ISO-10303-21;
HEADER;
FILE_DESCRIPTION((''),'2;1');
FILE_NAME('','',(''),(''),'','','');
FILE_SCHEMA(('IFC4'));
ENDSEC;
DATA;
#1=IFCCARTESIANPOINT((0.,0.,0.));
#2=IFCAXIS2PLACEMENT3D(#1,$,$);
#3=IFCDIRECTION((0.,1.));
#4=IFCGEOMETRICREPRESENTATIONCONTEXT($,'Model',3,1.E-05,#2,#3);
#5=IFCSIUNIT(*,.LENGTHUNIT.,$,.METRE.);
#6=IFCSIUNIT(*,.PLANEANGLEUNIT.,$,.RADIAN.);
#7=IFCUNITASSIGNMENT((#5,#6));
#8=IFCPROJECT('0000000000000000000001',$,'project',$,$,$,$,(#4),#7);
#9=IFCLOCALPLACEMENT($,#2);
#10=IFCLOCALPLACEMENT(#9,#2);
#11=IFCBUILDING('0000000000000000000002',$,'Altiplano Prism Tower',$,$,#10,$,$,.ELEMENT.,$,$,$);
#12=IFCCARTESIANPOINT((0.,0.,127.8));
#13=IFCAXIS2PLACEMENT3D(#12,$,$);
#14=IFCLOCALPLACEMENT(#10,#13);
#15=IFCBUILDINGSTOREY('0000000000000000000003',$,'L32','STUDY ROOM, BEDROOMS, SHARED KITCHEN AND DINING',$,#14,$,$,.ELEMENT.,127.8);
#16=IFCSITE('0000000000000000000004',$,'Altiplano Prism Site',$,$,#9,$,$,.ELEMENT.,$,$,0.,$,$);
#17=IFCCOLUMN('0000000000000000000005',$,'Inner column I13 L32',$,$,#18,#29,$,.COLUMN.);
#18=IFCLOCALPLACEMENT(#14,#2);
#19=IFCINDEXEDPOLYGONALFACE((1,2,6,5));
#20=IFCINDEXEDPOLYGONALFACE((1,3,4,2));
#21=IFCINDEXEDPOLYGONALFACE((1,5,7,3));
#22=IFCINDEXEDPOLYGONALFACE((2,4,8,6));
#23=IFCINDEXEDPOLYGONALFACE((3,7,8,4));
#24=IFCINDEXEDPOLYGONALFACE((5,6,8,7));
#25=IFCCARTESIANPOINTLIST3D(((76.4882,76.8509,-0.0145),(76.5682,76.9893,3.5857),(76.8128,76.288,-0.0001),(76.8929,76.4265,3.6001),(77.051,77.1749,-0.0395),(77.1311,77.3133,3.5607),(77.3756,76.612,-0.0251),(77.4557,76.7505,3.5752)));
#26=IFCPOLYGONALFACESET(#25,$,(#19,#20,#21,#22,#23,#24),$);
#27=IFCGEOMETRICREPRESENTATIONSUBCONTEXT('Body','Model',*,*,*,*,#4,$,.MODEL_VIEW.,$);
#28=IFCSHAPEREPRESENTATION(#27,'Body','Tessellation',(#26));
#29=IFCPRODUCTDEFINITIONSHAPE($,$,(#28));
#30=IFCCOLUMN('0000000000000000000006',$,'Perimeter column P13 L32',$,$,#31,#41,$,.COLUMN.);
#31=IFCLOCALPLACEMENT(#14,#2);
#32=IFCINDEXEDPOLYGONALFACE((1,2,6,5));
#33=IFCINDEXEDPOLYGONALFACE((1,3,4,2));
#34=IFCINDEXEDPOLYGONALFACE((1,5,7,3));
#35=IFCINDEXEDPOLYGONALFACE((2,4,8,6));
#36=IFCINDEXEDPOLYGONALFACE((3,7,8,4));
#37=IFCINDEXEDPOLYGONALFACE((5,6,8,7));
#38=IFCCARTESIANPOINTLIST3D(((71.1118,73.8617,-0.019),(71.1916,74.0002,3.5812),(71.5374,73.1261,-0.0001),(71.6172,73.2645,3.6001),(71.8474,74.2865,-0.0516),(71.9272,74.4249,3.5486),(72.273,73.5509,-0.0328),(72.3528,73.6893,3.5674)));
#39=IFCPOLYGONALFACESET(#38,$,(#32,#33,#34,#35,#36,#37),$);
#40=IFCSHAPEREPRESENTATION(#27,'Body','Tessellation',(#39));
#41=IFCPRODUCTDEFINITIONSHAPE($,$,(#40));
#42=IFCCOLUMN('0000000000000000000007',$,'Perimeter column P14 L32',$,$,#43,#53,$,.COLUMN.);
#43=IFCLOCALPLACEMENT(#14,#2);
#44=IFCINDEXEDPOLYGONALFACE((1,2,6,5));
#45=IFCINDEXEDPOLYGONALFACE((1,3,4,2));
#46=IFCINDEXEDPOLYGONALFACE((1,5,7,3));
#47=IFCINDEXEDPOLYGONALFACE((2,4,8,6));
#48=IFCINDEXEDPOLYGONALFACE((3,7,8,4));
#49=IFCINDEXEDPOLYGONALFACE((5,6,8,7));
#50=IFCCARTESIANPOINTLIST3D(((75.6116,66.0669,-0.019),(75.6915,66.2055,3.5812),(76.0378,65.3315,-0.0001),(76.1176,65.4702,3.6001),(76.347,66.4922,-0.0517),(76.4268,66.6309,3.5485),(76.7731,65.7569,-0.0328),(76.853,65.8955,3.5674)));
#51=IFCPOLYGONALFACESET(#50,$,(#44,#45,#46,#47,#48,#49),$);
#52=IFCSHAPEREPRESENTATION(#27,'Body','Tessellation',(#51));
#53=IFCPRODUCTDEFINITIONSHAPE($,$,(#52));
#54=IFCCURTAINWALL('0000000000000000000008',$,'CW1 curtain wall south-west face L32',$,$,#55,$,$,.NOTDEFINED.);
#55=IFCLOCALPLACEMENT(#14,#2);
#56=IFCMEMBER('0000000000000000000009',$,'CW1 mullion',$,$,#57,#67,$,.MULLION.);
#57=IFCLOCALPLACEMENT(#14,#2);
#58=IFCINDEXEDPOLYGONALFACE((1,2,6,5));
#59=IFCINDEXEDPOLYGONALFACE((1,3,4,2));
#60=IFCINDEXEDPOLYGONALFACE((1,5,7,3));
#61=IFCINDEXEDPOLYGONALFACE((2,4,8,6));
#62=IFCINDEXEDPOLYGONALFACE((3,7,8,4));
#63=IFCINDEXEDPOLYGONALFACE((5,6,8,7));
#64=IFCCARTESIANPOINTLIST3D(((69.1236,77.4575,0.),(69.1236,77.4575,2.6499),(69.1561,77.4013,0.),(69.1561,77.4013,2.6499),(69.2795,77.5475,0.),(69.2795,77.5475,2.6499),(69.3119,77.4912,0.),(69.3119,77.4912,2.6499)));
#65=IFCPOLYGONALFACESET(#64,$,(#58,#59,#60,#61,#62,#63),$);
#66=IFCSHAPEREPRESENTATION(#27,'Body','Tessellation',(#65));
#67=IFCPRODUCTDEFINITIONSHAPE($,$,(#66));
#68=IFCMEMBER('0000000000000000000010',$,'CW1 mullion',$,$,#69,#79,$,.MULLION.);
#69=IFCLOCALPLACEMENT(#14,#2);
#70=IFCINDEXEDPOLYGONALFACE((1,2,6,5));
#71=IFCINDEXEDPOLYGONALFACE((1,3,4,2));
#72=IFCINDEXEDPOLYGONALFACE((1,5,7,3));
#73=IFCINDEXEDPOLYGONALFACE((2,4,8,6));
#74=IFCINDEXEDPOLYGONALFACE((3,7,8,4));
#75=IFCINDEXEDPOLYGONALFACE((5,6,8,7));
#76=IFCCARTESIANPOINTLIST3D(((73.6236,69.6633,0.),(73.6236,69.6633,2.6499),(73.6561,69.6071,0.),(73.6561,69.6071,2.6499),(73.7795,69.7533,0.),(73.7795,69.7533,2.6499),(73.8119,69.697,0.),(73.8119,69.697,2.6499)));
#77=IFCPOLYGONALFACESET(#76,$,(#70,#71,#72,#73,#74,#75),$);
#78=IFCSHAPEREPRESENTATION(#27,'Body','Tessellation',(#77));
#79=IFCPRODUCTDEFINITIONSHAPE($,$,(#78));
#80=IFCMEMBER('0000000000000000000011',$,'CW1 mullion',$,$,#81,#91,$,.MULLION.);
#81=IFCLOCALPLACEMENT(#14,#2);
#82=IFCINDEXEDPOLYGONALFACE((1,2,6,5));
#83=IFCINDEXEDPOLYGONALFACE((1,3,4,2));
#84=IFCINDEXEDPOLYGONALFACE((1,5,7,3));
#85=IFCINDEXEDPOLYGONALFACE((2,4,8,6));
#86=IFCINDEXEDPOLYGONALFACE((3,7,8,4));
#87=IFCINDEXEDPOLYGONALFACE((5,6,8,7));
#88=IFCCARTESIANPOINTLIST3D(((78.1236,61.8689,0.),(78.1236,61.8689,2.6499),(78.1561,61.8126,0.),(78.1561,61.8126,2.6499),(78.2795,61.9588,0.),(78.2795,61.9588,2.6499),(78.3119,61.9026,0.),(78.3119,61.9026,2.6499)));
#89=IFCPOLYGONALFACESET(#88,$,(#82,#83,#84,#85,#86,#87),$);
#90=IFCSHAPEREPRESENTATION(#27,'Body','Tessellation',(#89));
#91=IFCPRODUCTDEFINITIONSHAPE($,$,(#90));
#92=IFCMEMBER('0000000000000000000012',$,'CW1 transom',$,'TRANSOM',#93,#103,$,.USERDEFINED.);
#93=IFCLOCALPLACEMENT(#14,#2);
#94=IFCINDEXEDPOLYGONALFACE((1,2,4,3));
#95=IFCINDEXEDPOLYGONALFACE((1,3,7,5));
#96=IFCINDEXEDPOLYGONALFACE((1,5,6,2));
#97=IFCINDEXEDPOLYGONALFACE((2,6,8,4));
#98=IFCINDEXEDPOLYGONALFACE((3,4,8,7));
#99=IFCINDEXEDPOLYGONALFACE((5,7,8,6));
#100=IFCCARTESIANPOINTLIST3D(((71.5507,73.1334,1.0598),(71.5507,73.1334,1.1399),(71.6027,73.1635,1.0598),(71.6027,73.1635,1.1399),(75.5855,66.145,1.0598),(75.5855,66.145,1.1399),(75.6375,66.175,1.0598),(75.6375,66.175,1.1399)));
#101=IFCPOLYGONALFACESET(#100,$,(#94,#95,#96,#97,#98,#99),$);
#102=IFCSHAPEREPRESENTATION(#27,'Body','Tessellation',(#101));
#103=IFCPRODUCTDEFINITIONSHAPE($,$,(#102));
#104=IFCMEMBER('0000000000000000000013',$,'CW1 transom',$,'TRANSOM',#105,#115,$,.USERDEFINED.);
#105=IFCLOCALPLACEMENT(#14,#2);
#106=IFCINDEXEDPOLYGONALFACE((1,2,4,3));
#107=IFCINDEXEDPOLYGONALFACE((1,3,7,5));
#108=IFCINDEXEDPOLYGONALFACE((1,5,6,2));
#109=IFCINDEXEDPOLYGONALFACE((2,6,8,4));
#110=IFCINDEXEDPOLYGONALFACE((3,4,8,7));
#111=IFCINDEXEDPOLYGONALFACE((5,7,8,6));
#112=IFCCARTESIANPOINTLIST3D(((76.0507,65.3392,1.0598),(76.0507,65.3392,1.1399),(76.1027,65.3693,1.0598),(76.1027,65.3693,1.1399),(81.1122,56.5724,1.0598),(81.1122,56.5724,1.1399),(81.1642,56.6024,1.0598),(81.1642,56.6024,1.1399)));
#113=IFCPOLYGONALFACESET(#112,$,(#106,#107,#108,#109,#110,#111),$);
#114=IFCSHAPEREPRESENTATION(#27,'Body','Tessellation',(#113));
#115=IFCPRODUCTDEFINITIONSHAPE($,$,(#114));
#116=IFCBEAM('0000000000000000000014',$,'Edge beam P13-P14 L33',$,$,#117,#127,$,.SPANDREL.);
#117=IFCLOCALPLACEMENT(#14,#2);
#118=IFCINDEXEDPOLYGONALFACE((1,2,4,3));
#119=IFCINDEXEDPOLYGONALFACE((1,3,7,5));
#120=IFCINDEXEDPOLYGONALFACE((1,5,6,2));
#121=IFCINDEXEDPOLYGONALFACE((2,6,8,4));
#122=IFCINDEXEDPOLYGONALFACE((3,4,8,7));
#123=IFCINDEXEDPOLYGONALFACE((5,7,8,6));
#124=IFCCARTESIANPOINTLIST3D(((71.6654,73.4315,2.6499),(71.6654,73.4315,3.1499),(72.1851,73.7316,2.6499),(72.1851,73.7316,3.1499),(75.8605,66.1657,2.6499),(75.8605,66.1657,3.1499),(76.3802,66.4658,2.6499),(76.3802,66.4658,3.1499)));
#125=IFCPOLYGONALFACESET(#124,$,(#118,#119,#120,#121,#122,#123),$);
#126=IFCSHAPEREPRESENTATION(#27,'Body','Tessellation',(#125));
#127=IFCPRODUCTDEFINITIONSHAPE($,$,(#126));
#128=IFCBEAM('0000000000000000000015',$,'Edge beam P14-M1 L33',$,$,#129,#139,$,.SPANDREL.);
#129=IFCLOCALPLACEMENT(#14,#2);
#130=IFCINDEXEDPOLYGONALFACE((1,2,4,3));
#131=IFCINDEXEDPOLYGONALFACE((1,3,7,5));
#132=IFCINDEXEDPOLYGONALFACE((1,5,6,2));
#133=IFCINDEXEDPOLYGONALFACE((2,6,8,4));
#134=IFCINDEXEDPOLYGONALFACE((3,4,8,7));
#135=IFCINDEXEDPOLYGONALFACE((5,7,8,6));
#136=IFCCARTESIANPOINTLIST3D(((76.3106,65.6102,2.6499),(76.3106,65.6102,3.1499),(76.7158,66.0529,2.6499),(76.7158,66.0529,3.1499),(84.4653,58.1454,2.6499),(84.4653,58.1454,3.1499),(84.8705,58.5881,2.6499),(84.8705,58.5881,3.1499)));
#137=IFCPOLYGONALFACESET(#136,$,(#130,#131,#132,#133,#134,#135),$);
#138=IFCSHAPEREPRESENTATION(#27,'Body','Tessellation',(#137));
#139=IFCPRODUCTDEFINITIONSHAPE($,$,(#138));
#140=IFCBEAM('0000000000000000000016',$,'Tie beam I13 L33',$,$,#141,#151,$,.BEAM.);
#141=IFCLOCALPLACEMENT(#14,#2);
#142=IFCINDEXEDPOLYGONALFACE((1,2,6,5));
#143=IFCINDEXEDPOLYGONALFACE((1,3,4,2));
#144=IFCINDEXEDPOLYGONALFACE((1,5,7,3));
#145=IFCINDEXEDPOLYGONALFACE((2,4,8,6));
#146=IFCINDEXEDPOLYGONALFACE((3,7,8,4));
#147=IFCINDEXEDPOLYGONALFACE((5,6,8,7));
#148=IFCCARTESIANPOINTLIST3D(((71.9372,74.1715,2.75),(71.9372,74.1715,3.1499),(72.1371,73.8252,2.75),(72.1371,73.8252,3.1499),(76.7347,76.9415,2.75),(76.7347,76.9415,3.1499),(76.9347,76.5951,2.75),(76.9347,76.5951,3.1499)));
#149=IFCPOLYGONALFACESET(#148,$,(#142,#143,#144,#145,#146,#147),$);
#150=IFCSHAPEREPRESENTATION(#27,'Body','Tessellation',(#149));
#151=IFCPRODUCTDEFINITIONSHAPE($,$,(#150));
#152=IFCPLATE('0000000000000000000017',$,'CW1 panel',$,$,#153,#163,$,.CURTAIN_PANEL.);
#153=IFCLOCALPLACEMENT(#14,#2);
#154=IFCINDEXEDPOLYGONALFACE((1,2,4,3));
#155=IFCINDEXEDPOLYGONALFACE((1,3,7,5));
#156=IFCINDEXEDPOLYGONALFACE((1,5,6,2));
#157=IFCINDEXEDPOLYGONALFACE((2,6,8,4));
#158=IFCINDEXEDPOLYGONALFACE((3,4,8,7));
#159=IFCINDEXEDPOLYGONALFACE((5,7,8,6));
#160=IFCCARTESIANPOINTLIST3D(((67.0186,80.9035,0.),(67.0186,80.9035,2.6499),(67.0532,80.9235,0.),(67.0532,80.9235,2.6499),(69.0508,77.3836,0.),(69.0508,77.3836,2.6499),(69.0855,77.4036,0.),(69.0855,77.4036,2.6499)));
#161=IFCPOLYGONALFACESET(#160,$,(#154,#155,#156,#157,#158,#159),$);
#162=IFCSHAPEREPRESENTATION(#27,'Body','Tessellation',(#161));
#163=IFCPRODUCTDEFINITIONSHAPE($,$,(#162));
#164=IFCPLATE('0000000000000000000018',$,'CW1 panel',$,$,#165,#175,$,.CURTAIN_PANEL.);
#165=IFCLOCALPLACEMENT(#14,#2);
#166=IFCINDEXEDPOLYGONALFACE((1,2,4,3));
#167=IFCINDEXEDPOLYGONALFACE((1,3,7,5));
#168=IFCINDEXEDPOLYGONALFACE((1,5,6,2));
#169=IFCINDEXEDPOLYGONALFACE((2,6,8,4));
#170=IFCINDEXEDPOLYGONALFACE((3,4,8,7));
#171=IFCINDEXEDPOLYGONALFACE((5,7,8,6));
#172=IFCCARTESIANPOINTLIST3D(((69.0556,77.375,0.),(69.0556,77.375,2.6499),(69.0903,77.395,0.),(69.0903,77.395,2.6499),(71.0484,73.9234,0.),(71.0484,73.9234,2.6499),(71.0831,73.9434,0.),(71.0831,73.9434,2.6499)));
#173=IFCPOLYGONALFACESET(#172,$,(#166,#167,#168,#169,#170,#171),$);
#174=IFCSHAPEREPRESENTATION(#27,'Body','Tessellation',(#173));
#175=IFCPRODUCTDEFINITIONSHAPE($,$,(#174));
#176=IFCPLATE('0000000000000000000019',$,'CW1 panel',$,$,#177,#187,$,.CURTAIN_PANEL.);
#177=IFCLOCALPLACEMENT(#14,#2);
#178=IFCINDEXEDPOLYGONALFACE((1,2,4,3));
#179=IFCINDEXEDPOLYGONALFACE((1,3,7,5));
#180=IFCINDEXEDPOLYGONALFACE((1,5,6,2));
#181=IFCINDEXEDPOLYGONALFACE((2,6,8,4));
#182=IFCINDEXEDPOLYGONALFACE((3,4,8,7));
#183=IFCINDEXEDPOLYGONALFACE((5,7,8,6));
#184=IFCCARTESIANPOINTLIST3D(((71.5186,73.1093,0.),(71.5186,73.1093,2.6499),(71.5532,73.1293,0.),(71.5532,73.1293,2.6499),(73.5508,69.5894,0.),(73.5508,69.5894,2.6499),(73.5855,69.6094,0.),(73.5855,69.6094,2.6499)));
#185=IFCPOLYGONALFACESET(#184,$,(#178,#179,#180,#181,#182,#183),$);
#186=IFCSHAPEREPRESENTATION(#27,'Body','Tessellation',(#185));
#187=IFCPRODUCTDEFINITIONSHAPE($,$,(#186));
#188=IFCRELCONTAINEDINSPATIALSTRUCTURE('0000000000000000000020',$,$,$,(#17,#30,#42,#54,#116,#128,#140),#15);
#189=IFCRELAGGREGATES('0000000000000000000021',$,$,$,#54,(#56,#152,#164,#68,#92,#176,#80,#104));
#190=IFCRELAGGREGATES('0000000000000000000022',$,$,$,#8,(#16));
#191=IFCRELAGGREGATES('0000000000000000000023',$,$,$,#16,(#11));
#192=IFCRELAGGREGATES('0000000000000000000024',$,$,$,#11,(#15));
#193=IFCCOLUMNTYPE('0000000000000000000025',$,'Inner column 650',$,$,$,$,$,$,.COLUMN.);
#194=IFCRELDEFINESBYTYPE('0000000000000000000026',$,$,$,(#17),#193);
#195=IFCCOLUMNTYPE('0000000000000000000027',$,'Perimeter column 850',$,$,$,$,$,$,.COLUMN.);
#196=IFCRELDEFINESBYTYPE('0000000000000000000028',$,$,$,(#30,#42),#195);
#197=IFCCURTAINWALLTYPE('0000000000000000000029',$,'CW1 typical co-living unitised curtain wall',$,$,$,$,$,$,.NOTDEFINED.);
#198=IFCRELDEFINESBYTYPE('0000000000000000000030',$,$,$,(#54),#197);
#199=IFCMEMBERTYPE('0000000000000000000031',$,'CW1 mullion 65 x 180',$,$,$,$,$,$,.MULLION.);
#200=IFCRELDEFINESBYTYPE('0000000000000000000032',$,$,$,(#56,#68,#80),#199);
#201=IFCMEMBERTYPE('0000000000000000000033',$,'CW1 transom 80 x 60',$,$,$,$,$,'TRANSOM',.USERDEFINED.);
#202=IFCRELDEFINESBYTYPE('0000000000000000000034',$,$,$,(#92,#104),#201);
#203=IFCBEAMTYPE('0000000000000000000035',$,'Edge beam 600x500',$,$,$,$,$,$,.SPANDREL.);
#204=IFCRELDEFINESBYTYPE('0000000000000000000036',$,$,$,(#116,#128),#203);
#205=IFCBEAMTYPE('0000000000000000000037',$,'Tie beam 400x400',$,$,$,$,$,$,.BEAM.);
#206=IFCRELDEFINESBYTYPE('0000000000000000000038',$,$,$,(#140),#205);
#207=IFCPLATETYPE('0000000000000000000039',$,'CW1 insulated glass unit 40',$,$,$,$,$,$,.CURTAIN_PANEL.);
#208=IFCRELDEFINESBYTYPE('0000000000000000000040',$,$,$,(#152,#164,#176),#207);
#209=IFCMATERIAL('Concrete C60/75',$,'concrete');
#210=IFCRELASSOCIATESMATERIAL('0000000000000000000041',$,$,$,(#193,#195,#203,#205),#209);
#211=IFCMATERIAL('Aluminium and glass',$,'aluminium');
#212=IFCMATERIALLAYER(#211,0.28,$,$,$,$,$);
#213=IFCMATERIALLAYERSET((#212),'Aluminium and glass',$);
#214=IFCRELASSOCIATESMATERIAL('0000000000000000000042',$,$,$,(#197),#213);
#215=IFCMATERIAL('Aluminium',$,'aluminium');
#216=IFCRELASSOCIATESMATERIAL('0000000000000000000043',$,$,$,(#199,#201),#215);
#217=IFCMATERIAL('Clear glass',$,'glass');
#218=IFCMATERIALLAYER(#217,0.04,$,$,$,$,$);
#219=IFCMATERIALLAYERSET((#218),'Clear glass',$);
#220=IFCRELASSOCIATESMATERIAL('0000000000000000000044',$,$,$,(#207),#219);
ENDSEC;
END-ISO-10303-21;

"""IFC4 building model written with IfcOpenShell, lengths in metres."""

from ifc_helpers import new_model, si_unit, direction, frame, origin, origin_2d, place, context, subcontext, project, spatial, rectangle, extrude, material, layer, layer_set, material_profile, profile_set, type_object, element, aggregate, save


model = new_model("IFC4")

# Units and contexts
model_context = context("Model", 3, precision=1e-05, world=origin(), true_north=direction((0.0, 1.0)))
body_context = subcontext(model_context, "Body", "Model", "MODEL_VIEW")
ifc_project = project(units=[si_unit("LENGTHUNIT", "METRE"), si_unit("PLANEANGLEUNIT", "RADIAN")], contexts=[model_context])

# Site, building, storey
site_placement = place(None, origin())
site = spatial("IfcSite", under=ifc_project, at=site_placement, Name="Altiplano Prism Site", CompositionType="ELEMENT", RefElevation=0.0)
building_placement = place(site_placement, origin())
building = spatial("IfcBuilding", under=site, at=building_placement, Name="Altiplano Prism Tower", CompositionType="ELEMENT")
storey_placement = place(building_placement, frame((0.0, 0.0, 127.8)))
storey = spatial("IfcBuildingStorey", under=building, at=storey_placement, Name="L32", Description="STUDY ROOM, BEDROOMS, SHARED KITCHEN AND DINING", CompositionType="ELEMENT", Elevation=127.8)

# Columns
ifc_material_1 = material(Name="Concrete C60/75", Category="concrete")
ifc_material_profile_1 = material_profile(ifc_material_1, rectangle(XDim=0.6499, YDim=0.6499, at=origin_2d()), Name="Inner column 650")
ifc_profile_set_1 = profile_set([ifc_material_profile_1], Name="Concrete C60/75")
column_type_1 = type_object("IfcColumnType", Name="Inner column 650", PredefinedType="COLUMN", material=ifc_profile_set_1)
column_placement = place(storey_placement, frame((76.9319, 76.7314, -0.0198), z_axis=(0.022221, 0.038413, 0.999015), x_axis=(-0.866021, -0.498528, 0.038432)))
element("IfcColumn", 1, at=column_placement, inside=storey, type_object=column_type_1, Name="Inner column I13 L32", PredefinedType="COLUMN", context=body_context, shape_type="SweptSolid", body=[
    extrude(rectangle(XDim=0.6499, YDim=0.6499, at=origin_2d()), origin(), (0.0, 0.0, 1.0), 3.6038),
])
ifc_material_profile_2 = material_profile(ifc_material_1, rectangle(XDim=0.8501, YDim=0.8501, at=origin_2d()), Name="Perimeter column 850")
ifc_profile_set_2 = profile_set([ifc_material_profile_2], Name="Concrete C60/75")
column_type_2 = type_object("IfcColumnType", Name="Perimeter column 850", PredefinedType="COLUMN", material=ifc_profile_set_2)
for number, where, z_axis, x_axis, name in (
    (2, (71.6924, 73.7063, -0.0259), (0.022154, 0.038413, 0.999016), (-0.865362, -0.499674, 0.038403), "Perimeter column P13 L32"),
    (3, (76.1924, 65.9119, -0.0259), (0.022154, 0.038481, 0.999014), (-0.86498, -0.500331, 0.038454), "Perimeter column P14 L32"),
):
    element("IfcColumn", number, at=place(storey_placement, frame(where, z_axis=z_axis, x_axis=x_axis)), inside=storey, type_object=column_type_2, Name=name, PredefinedType="COLUMN", context=body_context, shape_type="SweptSolid", body=[
        extrude(rectangle(XDim=0.8501, YDim=0.8501, at=origin_2d()), origin(), (0.0, 0.0, 1.0), 3.6038),
    ])

# Curtain wall, members
ifc_material_2 = material(Name="Aluminium and glass", Category="aluminium")
ifc_layer_1 = layer(ifc_material_2, 0.28)
ifc_layer_set_1 = layer_set([ifc_layer_1], Name="Aluminium and glass")
curtain_wall_type = type_object("IfcCurtainWallType", Name="CW1 typical co-living unitised curtain wall", PredefinedType="NOTDEFINED", material=ifc_layer_set_1)
curtain_wall_placement = place(storey_placement, origin())
curtain_wall = element("IfcCurtainWall", 4, at=curtain_wall_placement, inside=storey, type_object=curtain_wall_type, Name="CW1 curtain wall south-west face L32", PredefinedType="NOTDEFINED")
ifc_material_3 = material(Name="Aluminium", Category="aluminium")
ifc_material_profile_3 = material_profile(ifc_material_3, rectangle(XDim=0.1799, YDim=0.0649, at=origin_2d()), Name="CW1 mullion 65 x 180")
ifc_profile_set_3 = profile_set([ifc_material_profile_3], Name="Aluminium")
member_type_1 = type_object("IfcMemberType", Name="CW1 mullion 65 x 180", PredefinedType="MULLION", material=ifc_profile_set_3)
member_1_placement = place(storey_placement, frame((69.2178, 77.4744, 0.0), z_axis=(0.0, 0.0, 1.0), x_axis=(0.866025, 0.5, 0.0)))
member_1 = element("IfcMember", 5, at=member_1_placement, type_object=member_type_1, Name="CW1 mullion", PredefinedType="MULLION", context=body_context, shape_type="SweptSolid", body=[
    extrude(rectangle(XDim=0.1799, YDim=0.0649, at=origin_2d()), origin(), (0.0, 0.0, 1.0), 2.6499),
])
member_2_placement = place(storey_placement, frame((73.7178, 69.6802, 0.0), z_axis=(0.0, 0.0, 1.0), x_axis=(0.866025, 0.5, 0.0)))
member_2 = element("IfcMember", 6, at=member_2_placement, type_object=member_type_1, Name="CW1 mullion", PredefinedType="MULLION", context=body_context, shape_type="SweptSolid", body=[
    extrude(rectangle(XDim=0.1799, YDim=0.0649, at=origin_2d()), origin(), (0.0, 0.0, 1.0), 2.6499),
])
member_3_placement = place(storey_placement, frame((78.2178, 61.8857, 0.0), z_axis=(0.0, 0.0, 1.0), x_axis=(0.866025, 0.5, 0.0)))
member_3 = element("IfcMember", 7, at=member_3_placement, type_object=member_type_1, Name="CW1 mullion", PredefinedType="MULLION", context=body_context, shape_type="SweptSolid", body=[
    extrude(rectangle(XDim=0.1799, YDim=0.0649, at=origin_2d()), origin(), (0.0, 0.0, 1.0), 2.6499),
])
ifc_material_profile_4 = material_profile(ifc_material_3, rectangle(XDim=0.0601, YDim=0.0801, at=origin_2d()), Name="CW1 transom 80 x 60")
ifc_profile_set_4 = profile_set([ifc_material_profile_4], Name="Aluminium")
member_type_2 = type_object("IfcMemberType", Name="CW1 transom 80 x 60", ElementType="TRANSOM", PredefinedType="USERDEFINED", material=ifc_profile_set_4)
member_4_placement = place(storey_placement, frame((71.5767, 73.1484, 1.0999), z_axis=(0.500008, -0.866021, 0.0), x_axis=(0.866021, 0.500008, 0.0)))
member_4 = element("IfcMember", 8, at=member_4_placement, type_object=member_type_2, Name="CW1 transom", ObjectType="TRANSOM", PredefinedType="USERDEFINED", context=body_context, shape_type="SweptSolid", body=[
    extrude(rectangle(XDim=0.0601, YDim=0.0801, at=origin_2d()), origin(), (0.0, 0.0, 1.0), 8.0696),
])
member_5_placement = place(storey_placement, frame((76.0767, 65.3542, 1.0999), z_axis=(0.499999, -0.866026, 0.0), x_axis=(0.866026, 0.499999, 0.0)))
member_5 = element("IfcMember", 9, at=member_5_placement, type_object=member_type_2, Name="CW1 transom", ObjectType="TRANSOM", PredefinedType="USERDEFINED", context=body_context, shape_type="SweptSolid", body=[
    extrude(rectangle(XDim=0.0601, YDim=0.0801, at=origin_2d()), origin(), (0.0, 0.0, 1.0), 10.123),
])

# Beams
ifc_material_profile_5 = material_profile(ifc_material_1, rectangle(XDim=0.6001, YDim=0.5, at=origin_2d()), Name="Edge beam 600x500")
ifc_profile_set_5 = profile_set([ifc_material_profile_5], Name="Concrete C60/75")
beam_type_1 = type_object("IfcBeamType", Name="Edge beam 600x500", PredefinedType="SPANDREL", material=ifc_profile_set_5)
beam_1_placement = place(storey_placement, frame((71.9253, 73.5815, 2.8999), z_axis=(0.50001, -0.866019, 0.0), x_axis=(0.866019, 0.50001, 0.0)))
element("IfcBeam", 10, at=beam_1_placement, inside=storey, type_object=beam_type_1, Name="Edge beam P13-P14 L33", PredefinedType="SPANDREL", context=body_context, shape_type="SweptSolid", body=[
    extrude(rectangle(XDim=0.6001, YDim=0.5, at=origin_2d()), origin(), (0.0, 0.0, 1.0), 8.3899),
])
beam_2_placement = place(storey_placement, frame((76.5132, 65.8315, 2.8999), z_axis=(0.737621, -0.675214, 0.0), x_axis=(0.675214, 0.737621, 0.0)))
element("IfcBeam", 11, at=beam_2_placement, inside=storey, type_object=beam_type_1, Name="Edge beam P14-M1 L33", PredefinedType="SPANDREL", context=body_context, shape_type="SweptSolid", body=[
    extrude(rectangle(XDim=0.6001, YDim=0.5, at=origin_2d()), origin(), (0.0, 0.0, 1.0), 11.0554),
])
ifc_material_profile_6 = material_profile(ifc_material_1, rectangle(XDim=0.3999, YDim=0.3999, at=origin_2d()), Name="Tie beam 400x400")
ifc_profile_set_6 = profile_set([ifc_material_profile_6], Name="Concrete C60/75")
beam_type_2 = type_object("IfcBeamType", Name="Tie beam 400x400", PredefinedType="BEAM", material=ifc_profile_set_6)
beam_3_placement = place(storey_placement, frame((76.8347, 76.7683, 2.95), z_axis=(-0.866016, -0.500016, 0.0), x_axis=(0.500016, -0.866016, 0.0)))
element("IfcBeam", 12, at=beam_3_placement, inside=storey, type_object=beam_type_2, Name="Tie beam I13 L33", PredefinedType="BEAM", context=body_context, shape_type="SweptSolid", body=[
    extrude(rectangle(XDim=0.3999, YDim=0.3999, at=origin_2d()), origin(), (0.0, 0.0, 1.0), 5.5398),
])

# Plates
ifc_material_4 = material(Name="Clear glass", Category="glass")
ifc_layer_2 = layer(ifc_material_4, 0.04)
ifc_layer_set_2 = layer_set([ifc_layer_2], Name="Clear glass")
plate_type = type_object("IfcPlateType", Name="CW1 insulated glass unit 40", PredefinedType="CURTAIN_PANEL", material=ifc_layer_set_2)
plate_1_placement = place(storey_placement, frame((68.052, 79.1536, 0.0), z_axis=(0.0, 0.0, 1.0), x_axis=(0.5, -0.866025, 0.0)))
plate_1 = element("IfcPlate", 13, at=plate_1_placement, type_object=plate_type, Name="CW1 panel", PredefinedType="CURTAIN_PANEL", context=body_context, shape_type="SweptSolid", body=[
    extrude(rectangle(XDim=4.0645, YDim=0.04, at=origin_2d()), origin(), (0.0, 0.0, 1.0), 2.6499),
])
plate_2_placement = place(storey_placement, frame((70.0693, 75.6592, 0.0), z_axis=(0.0, 0.0, 1.0), x_axis=(0.5, -0.866025, 0.0)))
plate_2 = element("IfcPlate", 14, at=plate_2_placement, type_object=plate_type, Name="CW1 panel", PredefinedType="CURTAIN_PANEL", context=body_context, shape_type="SweptSolid", body=[
    extrude(rectangle(XDim=3.9856, YDim=0.04, at=origin_2d()), origin(), (0.0, 0.0, 1.0), 2.6499),
])
plate_3_placement = place(storey_placement, frame((72.552, 71.3594, 0.0), z_axis=(0.0, 0.0, 1.0), x_axis=(0.5, -0.866025, 0.0)))
plate_3 = element("IfcPlate", 15, at=plate_3_placement, type_object=plate_type, Name="CW1 panel", PredefinedType="CURTAIN_PANEL", context=body_context, shape_type="SweptSolid", body=[
    extrude(rectangle(XDim=4.0645, YDim=0.04, at=origin_2d()), origin(), (0.0, 0.0, 1.0), 2.6499),
])
aggregate(curtain_wall, [member_1, plate_1, plate_2, member_2, member_4, plate_3, member_3, member_5])

save(model, "model.ifc")
